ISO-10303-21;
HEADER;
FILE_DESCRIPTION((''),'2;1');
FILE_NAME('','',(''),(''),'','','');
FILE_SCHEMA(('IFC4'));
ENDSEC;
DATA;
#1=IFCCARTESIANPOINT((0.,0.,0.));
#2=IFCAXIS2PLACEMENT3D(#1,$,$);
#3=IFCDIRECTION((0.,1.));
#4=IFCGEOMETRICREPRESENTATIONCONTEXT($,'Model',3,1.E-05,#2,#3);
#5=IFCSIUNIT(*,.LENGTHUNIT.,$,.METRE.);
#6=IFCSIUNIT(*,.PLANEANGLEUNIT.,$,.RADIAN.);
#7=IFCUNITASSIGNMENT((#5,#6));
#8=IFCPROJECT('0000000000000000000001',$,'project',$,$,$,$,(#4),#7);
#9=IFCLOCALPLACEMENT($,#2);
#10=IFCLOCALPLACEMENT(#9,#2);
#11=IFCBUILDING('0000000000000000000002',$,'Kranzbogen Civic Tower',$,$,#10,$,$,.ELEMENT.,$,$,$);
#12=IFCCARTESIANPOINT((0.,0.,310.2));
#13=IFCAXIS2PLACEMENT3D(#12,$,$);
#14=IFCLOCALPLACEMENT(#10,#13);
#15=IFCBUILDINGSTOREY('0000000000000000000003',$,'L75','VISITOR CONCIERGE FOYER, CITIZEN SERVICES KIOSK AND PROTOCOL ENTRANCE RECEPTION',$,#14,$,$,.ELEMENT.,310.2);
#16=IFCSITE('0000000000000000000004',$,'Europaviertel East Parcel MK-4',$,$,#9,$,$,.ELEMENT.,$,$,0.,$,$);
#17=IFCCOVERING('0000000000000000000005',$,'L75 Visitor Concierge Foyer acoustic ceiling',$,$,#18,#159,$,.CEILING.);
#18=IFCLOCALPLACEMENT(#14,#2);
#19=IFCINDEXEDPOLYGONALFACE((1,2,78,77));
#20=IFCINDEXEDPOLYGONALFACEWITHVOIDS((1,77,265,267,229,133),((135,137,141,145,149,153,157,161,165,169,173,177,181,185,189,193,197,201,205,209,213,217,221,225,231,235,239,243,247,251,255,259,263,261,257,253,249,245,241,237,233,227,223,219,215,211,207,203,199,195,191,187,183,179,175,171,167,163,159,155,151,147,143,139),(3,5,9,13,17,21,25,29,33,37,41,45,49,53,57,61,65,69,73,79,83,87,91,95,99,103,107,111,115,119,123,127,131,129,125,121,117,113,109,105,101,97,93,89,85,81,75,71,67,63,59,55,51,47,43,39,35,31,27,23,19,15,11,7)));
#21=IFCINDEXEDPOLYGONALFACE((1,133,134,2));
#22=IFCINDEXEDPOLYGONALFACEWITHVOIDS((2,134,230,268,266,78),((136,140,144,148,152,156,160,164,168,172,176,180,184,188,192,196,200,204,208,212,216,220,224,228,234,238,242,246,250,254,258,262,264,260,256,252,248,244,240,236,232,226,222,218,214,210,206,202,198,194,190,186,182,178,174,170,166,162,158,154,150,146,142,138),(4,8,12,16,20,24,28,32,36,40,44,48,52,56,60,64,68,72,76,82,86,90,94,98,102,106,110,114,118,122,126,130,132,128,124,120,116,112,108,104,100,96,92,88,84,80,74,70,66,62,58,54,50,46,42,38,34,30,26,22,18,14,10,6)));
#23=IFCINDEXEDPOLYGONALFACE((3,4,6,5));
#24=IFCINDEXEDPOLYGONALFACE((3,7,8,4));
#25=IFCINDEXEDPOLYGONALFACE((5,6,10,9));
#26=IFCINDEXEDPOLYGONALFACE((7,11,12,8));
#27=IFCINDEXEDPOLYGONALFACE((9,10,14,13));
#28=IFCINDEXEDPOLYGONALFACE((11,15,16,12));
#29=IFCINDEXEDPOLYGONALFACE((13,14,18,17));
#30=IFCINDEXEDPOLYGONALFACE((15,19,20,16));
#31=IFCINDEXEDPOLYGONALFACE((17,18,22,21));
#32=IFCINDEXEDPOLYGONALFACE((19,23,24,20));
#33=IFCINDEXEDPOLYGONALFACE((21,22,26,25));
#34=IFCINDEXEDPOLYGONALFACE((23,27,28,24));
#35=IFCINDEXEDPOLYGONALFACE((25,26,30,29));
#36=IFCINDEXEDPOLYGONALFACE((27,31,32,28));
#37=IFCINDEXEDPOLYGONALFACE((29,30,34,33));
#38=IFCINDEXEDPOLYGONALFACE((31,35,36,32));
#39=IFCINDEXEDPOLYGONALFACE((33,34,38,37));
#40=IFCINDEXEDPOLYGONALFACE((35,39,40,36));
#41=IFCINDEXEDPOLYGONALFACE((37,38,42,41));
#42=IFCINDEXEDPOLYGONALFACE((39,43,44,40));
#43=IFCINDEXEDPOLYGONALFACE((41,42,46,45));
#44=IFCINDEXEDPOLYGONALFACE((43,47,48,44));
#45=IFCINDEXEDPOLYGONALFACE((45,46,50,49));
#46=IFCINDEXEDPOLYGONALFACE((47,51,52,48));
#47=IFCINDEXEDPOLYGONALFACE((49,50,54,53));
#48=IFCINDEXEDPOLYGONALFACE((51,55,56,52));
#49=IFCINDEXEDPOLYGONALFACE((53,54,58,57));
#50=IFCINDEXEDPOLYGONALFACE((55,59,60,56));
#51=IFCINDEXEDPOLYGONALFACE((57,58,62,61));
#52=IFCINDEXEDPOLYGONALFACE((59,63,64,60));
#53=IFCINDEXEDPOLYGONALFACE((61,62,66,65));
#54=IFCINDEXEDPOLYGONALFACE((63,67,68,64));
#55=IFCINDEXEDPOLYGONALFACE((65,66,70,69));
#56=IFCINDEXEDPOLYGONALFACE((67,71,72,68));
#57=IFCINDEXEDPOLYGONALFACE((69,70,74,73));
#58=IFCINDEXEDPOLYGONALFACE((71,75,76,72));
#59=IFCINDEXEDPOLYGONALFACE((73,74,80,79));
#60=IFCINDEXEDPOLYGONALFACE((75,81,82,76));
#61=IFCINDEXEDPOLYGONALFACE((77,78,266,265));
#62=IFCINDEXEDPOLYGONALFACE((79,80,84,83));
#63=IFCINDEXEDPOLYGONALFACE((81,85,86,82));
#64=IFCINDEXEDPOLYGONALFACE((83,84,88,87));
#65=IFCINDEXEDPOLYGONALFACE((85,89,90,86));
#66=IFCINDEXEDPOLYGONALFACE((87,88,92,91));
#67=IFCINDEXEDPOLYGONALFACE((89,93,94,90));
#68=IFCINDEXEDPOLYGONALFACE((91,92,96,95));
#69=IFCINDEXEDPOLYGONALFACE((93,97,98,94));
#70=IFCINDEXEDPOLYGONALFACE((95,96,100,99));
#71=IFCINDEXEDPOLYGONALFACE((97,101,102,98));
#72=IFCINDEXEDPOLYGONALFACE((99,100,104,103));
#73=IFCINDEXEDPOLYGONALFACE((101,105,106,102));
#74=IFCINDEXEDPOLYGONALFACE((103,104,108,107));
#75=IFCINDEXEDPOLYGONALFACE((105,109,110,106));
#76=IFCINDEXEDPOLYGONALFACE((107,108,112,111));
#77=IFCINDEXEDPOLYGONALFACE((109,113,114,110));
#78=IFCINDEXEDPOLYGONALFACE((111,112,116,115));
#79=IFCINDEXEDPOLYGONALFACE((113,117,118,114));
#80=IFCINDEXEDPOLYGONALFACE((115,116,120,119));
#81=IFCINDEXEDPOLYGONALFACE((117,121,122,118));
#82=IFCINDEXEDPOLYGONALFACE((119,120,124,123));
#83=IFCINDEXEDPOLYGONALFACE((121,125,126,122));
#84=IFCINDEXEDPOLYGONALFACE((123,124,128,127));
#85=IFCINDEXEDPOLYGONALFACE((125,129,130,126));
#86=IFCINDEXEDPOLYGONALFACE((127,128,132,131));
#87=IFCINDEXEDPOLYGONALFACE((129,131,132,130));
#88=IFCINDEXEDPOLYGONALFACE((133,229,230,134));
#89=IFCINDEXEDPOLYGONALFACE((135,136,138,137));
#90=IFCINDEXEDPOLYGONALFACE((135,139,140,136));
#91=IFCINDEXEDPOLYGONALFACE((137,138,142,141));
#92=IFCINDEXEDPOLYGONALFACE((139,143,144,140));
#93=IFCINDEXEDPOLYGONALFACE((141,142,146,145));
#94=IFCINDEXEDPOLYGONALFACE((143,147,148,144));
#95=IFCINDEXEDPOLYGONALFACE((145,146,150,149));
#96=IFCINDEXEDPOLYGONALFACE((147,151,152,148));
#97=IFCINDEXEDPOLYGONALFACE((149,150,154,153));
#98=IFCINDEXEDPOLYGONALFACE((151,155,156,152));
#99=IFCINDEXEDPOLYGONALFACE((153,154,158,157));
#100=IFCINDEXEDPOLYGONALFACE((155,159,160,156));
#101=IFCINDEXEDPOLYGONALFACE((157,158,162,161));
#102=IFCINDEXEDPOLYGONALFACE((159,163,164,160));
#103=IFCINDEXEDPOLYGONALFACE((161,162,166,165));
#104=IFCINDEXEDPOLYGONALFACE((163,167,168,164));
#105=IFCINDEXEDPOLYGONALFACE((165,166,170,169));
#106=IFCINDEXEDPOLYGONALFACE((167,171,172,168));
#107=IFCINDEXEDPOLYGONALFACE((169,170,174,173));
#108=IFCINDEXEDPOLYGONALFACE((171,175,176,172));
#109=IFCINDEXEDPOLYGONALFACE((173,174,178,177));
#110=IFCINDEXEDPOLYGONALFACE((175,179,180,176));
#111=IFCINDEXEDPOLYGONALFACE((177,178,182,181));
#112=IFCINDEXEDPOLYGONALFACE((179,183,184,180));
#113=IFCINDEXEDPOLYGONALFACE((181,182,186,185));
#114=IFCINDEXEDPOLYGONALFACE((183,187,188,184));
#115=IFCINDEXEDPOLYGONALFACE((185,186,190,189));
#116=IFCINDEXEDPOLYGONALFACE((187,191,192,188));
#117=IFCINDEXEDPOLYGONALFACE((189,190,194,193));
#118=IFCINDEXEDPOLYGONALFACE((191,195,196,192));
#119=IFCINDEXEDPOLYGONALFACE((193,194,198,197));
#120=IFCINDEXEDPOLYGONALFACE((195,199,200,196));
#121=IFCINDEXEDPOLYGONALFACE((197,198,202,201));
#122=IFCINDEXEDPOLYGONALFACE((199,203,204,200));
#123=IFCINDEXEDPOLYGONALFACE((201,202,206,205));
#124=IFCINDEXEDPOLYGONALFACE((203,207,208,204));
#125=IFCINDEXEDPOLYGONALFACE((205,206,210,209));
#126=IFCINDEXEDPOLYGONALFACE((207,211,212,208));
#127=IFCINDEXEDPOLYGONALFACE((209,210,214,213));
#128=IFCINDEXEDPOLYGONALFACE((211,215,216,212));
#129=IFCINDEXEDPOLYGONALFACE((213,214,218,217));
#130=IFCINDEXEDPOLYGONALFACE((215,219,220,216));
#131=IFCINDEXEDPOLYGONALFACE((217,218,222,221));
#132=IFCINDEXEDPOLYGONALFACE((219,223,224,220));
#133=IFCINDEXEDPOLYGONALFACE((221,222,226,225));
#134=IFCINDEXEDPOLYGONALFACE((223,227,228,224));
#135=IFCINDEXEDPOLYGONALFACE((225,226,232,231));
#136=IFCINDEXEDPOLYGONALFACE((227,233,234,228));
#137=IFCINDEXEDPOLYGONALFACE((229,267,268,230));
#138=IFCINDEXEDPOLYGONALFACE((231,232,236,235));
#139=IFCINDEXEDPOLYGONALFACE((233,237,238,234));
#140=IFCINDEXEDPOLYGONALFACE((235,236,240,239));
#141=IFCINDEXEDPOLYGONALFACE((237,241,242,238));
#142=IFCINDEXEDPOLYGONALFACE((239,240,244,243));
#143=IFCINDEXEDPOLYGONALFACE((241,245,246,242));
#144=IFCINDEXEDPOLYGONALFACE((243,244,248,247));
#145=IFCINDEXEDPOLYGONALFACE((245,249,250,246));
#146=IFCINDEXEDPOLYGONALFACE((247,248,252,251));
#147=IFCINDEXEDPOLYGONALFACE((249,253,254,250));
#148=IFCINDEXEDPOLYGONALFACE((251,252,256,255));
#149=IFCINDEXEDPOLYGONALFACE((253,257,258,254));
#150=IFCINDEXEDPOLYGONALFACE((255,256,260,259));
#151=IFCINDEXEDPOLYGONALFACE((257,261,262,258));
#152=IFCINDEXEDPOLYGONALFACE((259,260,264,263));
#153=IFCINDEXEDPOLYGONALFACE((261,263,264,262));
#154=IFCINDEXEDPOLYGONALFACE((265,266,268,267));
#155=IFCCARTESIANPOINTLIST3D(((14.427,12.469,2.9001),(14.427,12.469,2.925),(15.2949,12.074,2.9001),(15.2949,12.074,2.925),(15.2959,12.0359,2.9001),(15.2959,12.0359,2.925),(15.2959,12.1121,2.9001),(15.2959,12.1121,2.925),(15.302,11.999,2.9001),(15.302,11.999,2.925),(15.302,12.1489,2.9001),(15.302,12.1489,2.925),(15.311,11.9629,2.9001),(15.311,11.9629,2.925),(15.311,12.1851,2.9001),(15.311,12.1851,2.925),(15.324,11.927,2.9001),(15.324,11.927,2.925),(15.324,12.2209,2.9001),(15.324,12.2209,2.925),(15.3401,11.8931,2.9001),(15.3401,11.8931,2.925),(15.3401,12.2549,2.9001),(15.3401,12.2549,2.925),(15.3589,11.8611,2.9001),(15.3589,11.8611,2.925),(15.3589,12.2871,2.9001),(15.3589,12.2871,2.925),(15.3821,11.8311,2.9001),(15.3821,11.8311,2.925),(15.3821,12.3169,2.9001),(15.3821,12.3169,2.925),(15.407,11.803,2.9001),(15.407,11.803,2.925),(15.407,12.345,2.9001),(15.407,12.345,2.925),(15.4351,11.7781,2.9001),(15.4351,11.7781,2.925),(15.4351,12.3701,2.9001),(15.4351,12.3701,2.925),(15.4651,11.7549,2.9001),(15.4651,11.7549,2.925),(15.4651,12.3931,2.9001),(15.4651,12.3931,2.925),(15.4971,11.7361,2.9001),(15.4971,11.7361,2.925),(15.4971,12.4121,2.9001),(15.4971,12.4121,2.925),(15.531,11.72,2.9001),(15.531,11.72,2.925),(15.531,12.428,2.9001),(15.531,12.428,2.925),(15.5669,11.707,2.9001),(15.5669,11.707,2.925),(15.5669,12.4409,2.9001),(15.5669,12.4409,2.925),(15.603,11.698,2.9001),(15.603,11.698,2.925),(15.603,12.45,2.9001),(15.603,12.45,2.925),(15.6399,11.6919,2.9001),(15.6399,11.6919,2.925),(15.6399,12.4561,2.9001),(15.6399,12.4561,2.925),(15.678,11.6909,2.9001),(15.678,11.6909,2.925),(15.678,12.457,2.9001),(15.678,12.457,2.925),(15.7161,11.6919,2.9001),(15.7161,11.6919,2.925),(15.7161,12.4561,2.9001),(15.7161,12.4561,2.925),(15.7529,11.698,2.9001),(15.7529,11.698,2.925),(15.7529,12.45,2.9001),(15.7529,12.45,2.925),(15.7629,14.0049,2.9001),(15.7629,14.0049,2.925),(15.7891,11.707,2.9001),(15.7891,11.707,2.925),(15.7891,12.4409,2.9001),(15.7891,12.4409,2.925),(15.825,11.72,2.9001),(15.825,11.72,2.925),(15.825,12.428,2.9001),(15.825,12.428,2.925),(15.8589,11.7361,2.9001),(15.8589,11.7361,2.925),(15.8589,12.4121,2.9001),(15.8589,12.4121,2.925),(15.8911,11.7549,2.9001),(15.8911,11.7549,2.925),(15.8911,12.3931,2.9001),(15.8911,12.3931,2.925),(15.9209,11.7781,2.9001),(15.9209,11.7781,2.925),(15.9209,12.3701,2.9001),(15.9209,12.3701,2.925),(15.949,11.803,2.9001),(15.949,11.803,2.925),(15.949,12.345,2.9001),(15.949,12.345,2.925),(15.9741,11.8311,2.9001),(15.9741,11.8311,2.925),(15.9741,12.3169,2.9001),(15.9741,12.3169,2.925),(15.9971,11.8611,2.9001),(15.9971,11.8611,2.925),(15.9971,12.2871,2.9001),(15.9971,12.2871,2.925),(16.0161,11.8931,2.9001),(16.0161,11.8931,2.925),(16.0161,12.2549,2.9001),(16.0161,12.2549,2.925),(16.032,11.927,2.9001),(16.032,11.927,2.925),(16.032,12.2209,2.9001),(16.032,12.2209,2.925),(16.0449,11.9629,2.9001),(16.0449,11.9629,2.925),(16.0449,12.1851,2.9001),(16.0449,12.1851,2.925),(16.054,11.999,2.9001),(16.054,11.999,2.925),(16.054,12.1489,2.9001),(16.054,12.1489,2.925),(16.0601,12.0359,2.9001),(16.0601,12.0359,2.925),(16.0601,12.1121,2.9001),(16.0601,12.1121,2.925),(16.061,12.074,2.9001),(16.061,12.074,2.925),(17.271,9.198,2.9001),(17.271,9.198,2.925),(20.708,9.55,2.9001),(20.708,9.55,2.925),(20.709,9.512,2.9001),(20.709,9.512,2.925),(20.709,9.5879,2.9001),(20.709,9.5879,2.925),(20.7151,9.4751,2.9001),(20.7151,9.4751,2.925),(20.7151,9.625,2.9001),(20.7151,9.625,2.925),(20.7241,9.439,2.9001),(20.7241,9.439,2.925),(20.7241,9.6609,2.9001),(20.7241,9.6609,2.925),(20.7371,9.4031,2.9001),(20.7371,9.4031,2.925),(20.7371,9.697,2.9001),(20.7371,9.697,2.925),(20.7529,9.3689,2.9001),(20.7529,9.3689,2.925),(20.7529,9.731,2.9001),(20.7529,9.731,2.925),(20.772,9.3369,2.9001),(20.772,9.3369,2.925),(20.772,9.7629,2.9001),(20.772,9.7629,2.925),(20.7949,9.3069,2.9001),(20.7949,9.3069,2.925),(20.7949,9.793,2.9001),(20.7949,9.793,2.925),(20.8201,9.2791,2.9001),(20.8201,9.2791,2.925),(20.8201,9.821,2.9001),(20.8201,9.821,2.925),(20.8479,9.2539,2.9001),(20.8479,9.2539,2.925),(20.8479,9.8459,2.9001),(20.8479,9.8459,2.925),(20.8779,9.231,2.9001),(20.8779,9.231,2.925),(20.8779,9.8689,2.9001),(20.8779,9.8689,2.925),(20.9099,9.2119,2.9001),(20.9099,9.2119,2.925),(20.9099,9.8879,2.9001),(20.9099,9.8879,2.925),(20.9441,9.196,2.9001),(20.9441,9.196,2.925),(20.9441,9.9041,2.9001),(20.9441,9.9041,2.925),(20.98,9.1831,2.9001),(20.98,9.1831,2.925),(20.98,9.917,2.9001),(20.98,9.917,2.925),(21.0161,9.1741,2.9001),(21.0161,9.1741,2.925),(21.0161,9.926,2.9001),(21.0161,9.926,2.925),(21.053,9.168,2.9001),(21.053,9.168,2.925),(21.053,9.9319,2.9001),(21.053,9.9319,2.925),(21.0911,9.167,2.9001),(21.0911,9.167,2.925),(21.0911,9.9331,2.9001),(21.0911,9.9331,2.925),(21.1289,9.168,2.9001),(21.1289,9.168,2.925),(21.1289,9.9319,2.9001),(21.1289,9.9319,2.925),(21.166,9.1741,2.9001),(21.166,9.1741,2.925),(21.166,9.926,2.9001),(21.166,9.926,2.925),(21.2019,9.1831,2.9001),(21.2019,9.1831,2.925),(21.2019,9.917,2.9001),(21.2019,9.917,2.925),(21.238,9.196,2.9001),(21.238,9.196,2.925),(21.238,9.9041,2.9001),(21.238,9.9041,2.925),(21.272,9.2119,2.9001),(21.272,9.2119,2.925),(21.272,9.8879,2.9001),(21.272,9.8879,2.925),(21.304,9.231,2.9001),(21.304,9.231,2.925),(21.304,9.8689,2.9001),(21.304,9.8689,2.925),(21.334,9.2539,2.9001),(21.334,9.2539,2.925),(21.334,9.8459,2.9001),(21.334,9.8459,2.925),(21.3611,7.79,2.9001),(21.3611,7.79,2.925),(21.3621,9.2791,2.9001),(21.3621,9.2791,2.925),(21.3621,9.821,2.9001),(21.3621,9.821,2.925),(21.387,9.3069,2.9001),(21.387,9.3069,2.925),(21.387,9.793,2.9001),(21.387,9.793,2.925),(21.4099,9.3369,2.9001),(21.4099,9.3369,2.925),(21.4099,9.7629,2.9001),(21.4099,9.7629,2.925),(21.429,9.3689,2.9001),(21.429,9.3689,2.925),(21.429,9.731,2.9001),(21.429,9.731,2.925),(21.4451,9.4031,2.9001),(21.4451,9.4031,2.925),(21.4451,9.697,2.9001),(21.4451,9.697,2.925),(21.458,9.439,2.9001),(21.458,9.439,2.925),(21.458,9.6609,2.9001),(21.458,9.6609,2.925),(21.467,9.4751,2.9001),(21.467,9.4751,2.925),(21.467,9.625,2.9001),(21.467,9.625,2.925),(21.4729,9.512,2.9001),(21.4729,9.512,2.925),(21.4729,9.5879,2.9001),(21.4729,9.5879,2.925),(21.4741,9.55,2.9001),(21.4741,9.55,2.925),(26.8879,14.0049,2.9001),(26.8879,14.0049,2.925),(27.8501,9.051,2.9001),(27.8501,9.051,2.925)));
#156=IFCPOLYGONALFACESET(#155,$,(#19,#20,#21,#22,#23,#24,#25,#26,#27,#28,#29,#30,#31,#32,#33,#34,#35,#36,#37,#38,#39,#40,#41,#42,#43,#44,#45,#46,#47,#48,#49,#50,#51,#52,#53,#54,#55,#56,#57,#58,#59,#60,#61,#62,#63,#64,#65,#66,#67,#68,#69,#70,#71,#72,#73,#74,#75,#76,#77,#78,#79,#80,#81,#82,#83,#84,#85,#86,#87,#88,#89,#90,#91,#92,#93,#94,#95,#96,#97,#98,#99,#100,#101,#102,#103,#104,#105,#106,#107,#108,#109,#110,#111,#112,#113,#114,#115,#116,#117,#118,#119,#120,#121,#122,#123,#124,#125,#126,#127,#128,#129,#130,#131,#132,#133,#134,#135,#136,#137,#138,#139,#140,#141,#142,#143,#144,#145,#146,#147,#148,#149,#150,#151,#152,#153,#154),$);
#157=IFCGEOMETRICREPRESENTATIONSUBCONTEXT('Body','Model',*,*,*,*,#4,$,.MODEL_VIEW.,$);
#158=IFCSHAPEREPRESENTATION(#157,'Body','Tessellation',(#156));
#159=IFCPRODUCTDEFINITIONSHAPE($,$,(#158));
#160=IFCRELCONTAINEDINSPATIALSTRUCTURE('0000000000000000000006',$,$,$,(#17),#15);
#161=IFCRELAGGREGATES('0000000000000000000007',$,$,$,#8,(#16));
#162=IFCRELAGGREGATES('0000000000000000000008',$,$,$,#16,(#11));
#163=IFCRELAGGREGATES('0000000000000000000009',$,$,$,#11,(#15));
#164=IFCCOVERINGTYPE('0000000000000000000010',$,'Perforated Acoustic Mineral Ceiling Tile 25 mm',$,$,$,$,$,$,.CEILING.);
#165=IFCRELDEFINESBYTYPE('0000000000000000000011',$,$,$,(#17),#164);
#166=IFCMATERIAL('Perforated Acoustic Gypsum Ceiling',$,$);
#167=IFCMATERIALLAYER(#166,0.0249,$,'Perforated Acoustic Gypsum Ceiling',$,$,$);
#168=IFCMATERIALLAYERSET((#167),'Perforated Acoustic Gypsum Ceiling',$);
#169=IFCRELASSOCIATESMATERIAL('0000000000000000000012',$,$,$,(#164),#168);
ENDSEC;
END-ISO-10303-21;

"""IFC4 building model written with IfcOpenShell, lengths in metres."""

from ifc_helpers import new_model, si_unit, direction, frame, origin, place, context, subcontext, project, spatial, polyline, outline, extrude, material, layer, layer_set, type_object, element, save


model = new_model("IFC4")

# Units and contexts
model_context = context("Model", 3, precision=1e-05, world=origin(), true_north=direction((0.0, 1.0)))
body_context = subcontext(model_context, "Body", "Model", "MODEL_VIEW")
ifc_project = project(units=[si_unit("LENGTHUNIT", "METRE"), si_unit("PLANEANGLEUNIT", "RADIAN")], contexts=[model_context])

# Site, building, storey
site_placement = place(None, origin())
site = spatial("IfcSite", under=ifc_project, at=site_placement, Name="Europaviertel East Parcel MK-4", CompositionType="ELEMENT", RefElevation=0.0)
building_placement = place(site_placement, origin())
building = spatial("IfcBuilding", under=site, at=building_placement, Name="Kranzbogen Civic Tower", CompositionType="ELEMENT")
storey_placement = place(building_placement, frame((0.0, 0.0, 310.2)))
storey = spatial("IfcBuildingStorey", under=building, at=storey_placement, Name="L75", Description="VISITOR CONCIERGE FOYER, CITIZEN SERVICES KIOSK AND PROTOCOL ENTRANCE RECEPTION", CompositionType="ELEMENT", Elevation=310.2)

# Covering
ifc_material_1 = material(Name="Perforated Acoustic Gypsum Ceiling")
ifc_layer_1 = layer(ifc_material_1, 0.0249, Name="Perforated Acoustic Gypsum Ceiling")
ifc_layer_set_1 = layer_set([ifc_layer_1], Name="Perforated Acoustic Gypsum Ceiling")
covering_type = type_object("IfcCoveringType", Name="Perforated Acoustic Mineral Ceiling Tile 25 mm", PredefinedType="CEILING", material=ifc_layer_set_1)
covering_1_placement = place(storey_placement, frame((0.0, 0.0, 2.9001)))
element("IfcCovering", 1, at=covering_1_placement, inside=storey, type_object=covering_type, Name="L75 Visitor Concierge Foyer acoustic ceiling", PredefinedType="CEILING", context=body_context, shape_type="SweptSolid", body=[
    extrude(outline(polyline([(17.271, 9.198), (14.427, 12.469), (15.7629, 14.0049), (26.8879, 14.0049), (27.8501, 9.051), (21.3611, 7.79), (17.271, 9.198)]), holes=[polyline([(21.4451, 9.4031), (21.429, 9.3689), (21.4099, 9.3369), (21.387, 9.3069), (21.3621, 9.2791), (21.334, 9.2539), (21.304, 9.231), (21.272, 9.2119), (21.238, 9.196), (21.2019, 9.1831), (21.166, 9.1741), (21.1289, 9.168), (21.0911, 9.167), (21.053, 9.168), (21.0161, 9.1741), (20.98, 9.1831), (20.9441, 9.196), (20.9099, 9.2119), (20.8779, 9.231), (20.8479, 9.2539), (20.8201, 9.2791), (20.7949, 9.3069), (20.772, 9.3369), (20.7529, 9.3689), (20.7371, 9.4031), (20.7241, 9.439), (20.7151, 9.4751), (20.709, 9.512), (20.708, 9.55), (20.709, 9.5879), (20.7151, 9.625), (20.7241, 9.6609), (20.7371, 9.697), (20.7529, 9.731), (20.772, 9.7629), (20.7949, 9.793), (20.8201, 9.821), (20.8479, 9.8459), (20.8779, 9.8689), (20.9099, 9.8879), (20.9441, 9.9041), (20.98, 9.917), (21.0161, 9.926), (21.053, 9.9319), (21.0911, 9.9331), (21.1289, 9.9319), (21.166, 9.926), (21.2019, 9.917), (21.238, 9.9041), (21.272, 9.8879), (21.304, 9.8689), (21.334, 9.8459), (21.3621, 9.821), (21.387, 9.793), (21.4099, 9.7629), (21.429, 9.731), (21.4451, 9.697), (21.458, 9.6609), (21.467, 9.625), (21.4729, 9.5879), (21.4741, 9.55), (21.4729, 9.512), (21.467, 9.4751), (21.458, 9.439), (21.4451, 9.4031)]), polyline([(16.032, 11.927), (16.0161, 11.8931), (15.9971, 11.8611), (15.9741, 11.8311), (15.949, 11.803), (15.9209, 11.7781), (15.8911, 11.7549), (15.8589, 11.7361), (15.825, 11.72), (15.7891, 11.707), (15.7529, 11.698), (15.7161, 11.6919), (15.678, 11.6909), (15.6399, 11.6919), (15.603, 11.698), (15.5669, 11.707), (15.531, 11.72), (15.4971, 11.7361), (15.4651, 11.7549), (15.4351, 11.7781), (15.407, 11.803), (15.3821, 11.8311), (15.3589, 11.8611), (15.3401, 11.8931), (15.324, 11.927), (15.311, 11.9629), (15.302, 11.999), (15.2959, 12.0359), (15.2949, 12.074), (15.2959, 12.1121), (15.302, 12.1489), (15.311, 12.1851), (15.324, 12.2209), (15.3401, 12.2549), (15.3589, 12.2871), (15.3821, 12.3169), (15.407, 12.345), (15.4351, 12.3701), (15.4651, 12.3931), (15.4971, 12.4121), (15.531, 12.428), (15.5669, 12.4409), (15.603, 12.45), (15.6399, 12.4561), (15.678, 12.457), (15.7161, 12.4561), (15.7529, 12.45), (15.7891, 12.4409), (15.825, 12.428), (15.8589, 12.4121), (15.8911, 12.3931), (15.9209, 12.3701), (15.949, 12.345), (15.9741, 12.3169), (15.9971, 12.2871), (16.0161, 12.2549), (16.032, 12.2209), (16.0449, 12.1851), (16.054, 12.1489), (16.0601, 12.1121), (16.061, 12.074), (16.0601, 12.0359), (16.054, 11.999), (16.0449, 11.9629), (16.032, 11.927)])]), origin(), (0.0, 0.0, 1.0), 0.0249),
])

save(model, "model.ifc")
